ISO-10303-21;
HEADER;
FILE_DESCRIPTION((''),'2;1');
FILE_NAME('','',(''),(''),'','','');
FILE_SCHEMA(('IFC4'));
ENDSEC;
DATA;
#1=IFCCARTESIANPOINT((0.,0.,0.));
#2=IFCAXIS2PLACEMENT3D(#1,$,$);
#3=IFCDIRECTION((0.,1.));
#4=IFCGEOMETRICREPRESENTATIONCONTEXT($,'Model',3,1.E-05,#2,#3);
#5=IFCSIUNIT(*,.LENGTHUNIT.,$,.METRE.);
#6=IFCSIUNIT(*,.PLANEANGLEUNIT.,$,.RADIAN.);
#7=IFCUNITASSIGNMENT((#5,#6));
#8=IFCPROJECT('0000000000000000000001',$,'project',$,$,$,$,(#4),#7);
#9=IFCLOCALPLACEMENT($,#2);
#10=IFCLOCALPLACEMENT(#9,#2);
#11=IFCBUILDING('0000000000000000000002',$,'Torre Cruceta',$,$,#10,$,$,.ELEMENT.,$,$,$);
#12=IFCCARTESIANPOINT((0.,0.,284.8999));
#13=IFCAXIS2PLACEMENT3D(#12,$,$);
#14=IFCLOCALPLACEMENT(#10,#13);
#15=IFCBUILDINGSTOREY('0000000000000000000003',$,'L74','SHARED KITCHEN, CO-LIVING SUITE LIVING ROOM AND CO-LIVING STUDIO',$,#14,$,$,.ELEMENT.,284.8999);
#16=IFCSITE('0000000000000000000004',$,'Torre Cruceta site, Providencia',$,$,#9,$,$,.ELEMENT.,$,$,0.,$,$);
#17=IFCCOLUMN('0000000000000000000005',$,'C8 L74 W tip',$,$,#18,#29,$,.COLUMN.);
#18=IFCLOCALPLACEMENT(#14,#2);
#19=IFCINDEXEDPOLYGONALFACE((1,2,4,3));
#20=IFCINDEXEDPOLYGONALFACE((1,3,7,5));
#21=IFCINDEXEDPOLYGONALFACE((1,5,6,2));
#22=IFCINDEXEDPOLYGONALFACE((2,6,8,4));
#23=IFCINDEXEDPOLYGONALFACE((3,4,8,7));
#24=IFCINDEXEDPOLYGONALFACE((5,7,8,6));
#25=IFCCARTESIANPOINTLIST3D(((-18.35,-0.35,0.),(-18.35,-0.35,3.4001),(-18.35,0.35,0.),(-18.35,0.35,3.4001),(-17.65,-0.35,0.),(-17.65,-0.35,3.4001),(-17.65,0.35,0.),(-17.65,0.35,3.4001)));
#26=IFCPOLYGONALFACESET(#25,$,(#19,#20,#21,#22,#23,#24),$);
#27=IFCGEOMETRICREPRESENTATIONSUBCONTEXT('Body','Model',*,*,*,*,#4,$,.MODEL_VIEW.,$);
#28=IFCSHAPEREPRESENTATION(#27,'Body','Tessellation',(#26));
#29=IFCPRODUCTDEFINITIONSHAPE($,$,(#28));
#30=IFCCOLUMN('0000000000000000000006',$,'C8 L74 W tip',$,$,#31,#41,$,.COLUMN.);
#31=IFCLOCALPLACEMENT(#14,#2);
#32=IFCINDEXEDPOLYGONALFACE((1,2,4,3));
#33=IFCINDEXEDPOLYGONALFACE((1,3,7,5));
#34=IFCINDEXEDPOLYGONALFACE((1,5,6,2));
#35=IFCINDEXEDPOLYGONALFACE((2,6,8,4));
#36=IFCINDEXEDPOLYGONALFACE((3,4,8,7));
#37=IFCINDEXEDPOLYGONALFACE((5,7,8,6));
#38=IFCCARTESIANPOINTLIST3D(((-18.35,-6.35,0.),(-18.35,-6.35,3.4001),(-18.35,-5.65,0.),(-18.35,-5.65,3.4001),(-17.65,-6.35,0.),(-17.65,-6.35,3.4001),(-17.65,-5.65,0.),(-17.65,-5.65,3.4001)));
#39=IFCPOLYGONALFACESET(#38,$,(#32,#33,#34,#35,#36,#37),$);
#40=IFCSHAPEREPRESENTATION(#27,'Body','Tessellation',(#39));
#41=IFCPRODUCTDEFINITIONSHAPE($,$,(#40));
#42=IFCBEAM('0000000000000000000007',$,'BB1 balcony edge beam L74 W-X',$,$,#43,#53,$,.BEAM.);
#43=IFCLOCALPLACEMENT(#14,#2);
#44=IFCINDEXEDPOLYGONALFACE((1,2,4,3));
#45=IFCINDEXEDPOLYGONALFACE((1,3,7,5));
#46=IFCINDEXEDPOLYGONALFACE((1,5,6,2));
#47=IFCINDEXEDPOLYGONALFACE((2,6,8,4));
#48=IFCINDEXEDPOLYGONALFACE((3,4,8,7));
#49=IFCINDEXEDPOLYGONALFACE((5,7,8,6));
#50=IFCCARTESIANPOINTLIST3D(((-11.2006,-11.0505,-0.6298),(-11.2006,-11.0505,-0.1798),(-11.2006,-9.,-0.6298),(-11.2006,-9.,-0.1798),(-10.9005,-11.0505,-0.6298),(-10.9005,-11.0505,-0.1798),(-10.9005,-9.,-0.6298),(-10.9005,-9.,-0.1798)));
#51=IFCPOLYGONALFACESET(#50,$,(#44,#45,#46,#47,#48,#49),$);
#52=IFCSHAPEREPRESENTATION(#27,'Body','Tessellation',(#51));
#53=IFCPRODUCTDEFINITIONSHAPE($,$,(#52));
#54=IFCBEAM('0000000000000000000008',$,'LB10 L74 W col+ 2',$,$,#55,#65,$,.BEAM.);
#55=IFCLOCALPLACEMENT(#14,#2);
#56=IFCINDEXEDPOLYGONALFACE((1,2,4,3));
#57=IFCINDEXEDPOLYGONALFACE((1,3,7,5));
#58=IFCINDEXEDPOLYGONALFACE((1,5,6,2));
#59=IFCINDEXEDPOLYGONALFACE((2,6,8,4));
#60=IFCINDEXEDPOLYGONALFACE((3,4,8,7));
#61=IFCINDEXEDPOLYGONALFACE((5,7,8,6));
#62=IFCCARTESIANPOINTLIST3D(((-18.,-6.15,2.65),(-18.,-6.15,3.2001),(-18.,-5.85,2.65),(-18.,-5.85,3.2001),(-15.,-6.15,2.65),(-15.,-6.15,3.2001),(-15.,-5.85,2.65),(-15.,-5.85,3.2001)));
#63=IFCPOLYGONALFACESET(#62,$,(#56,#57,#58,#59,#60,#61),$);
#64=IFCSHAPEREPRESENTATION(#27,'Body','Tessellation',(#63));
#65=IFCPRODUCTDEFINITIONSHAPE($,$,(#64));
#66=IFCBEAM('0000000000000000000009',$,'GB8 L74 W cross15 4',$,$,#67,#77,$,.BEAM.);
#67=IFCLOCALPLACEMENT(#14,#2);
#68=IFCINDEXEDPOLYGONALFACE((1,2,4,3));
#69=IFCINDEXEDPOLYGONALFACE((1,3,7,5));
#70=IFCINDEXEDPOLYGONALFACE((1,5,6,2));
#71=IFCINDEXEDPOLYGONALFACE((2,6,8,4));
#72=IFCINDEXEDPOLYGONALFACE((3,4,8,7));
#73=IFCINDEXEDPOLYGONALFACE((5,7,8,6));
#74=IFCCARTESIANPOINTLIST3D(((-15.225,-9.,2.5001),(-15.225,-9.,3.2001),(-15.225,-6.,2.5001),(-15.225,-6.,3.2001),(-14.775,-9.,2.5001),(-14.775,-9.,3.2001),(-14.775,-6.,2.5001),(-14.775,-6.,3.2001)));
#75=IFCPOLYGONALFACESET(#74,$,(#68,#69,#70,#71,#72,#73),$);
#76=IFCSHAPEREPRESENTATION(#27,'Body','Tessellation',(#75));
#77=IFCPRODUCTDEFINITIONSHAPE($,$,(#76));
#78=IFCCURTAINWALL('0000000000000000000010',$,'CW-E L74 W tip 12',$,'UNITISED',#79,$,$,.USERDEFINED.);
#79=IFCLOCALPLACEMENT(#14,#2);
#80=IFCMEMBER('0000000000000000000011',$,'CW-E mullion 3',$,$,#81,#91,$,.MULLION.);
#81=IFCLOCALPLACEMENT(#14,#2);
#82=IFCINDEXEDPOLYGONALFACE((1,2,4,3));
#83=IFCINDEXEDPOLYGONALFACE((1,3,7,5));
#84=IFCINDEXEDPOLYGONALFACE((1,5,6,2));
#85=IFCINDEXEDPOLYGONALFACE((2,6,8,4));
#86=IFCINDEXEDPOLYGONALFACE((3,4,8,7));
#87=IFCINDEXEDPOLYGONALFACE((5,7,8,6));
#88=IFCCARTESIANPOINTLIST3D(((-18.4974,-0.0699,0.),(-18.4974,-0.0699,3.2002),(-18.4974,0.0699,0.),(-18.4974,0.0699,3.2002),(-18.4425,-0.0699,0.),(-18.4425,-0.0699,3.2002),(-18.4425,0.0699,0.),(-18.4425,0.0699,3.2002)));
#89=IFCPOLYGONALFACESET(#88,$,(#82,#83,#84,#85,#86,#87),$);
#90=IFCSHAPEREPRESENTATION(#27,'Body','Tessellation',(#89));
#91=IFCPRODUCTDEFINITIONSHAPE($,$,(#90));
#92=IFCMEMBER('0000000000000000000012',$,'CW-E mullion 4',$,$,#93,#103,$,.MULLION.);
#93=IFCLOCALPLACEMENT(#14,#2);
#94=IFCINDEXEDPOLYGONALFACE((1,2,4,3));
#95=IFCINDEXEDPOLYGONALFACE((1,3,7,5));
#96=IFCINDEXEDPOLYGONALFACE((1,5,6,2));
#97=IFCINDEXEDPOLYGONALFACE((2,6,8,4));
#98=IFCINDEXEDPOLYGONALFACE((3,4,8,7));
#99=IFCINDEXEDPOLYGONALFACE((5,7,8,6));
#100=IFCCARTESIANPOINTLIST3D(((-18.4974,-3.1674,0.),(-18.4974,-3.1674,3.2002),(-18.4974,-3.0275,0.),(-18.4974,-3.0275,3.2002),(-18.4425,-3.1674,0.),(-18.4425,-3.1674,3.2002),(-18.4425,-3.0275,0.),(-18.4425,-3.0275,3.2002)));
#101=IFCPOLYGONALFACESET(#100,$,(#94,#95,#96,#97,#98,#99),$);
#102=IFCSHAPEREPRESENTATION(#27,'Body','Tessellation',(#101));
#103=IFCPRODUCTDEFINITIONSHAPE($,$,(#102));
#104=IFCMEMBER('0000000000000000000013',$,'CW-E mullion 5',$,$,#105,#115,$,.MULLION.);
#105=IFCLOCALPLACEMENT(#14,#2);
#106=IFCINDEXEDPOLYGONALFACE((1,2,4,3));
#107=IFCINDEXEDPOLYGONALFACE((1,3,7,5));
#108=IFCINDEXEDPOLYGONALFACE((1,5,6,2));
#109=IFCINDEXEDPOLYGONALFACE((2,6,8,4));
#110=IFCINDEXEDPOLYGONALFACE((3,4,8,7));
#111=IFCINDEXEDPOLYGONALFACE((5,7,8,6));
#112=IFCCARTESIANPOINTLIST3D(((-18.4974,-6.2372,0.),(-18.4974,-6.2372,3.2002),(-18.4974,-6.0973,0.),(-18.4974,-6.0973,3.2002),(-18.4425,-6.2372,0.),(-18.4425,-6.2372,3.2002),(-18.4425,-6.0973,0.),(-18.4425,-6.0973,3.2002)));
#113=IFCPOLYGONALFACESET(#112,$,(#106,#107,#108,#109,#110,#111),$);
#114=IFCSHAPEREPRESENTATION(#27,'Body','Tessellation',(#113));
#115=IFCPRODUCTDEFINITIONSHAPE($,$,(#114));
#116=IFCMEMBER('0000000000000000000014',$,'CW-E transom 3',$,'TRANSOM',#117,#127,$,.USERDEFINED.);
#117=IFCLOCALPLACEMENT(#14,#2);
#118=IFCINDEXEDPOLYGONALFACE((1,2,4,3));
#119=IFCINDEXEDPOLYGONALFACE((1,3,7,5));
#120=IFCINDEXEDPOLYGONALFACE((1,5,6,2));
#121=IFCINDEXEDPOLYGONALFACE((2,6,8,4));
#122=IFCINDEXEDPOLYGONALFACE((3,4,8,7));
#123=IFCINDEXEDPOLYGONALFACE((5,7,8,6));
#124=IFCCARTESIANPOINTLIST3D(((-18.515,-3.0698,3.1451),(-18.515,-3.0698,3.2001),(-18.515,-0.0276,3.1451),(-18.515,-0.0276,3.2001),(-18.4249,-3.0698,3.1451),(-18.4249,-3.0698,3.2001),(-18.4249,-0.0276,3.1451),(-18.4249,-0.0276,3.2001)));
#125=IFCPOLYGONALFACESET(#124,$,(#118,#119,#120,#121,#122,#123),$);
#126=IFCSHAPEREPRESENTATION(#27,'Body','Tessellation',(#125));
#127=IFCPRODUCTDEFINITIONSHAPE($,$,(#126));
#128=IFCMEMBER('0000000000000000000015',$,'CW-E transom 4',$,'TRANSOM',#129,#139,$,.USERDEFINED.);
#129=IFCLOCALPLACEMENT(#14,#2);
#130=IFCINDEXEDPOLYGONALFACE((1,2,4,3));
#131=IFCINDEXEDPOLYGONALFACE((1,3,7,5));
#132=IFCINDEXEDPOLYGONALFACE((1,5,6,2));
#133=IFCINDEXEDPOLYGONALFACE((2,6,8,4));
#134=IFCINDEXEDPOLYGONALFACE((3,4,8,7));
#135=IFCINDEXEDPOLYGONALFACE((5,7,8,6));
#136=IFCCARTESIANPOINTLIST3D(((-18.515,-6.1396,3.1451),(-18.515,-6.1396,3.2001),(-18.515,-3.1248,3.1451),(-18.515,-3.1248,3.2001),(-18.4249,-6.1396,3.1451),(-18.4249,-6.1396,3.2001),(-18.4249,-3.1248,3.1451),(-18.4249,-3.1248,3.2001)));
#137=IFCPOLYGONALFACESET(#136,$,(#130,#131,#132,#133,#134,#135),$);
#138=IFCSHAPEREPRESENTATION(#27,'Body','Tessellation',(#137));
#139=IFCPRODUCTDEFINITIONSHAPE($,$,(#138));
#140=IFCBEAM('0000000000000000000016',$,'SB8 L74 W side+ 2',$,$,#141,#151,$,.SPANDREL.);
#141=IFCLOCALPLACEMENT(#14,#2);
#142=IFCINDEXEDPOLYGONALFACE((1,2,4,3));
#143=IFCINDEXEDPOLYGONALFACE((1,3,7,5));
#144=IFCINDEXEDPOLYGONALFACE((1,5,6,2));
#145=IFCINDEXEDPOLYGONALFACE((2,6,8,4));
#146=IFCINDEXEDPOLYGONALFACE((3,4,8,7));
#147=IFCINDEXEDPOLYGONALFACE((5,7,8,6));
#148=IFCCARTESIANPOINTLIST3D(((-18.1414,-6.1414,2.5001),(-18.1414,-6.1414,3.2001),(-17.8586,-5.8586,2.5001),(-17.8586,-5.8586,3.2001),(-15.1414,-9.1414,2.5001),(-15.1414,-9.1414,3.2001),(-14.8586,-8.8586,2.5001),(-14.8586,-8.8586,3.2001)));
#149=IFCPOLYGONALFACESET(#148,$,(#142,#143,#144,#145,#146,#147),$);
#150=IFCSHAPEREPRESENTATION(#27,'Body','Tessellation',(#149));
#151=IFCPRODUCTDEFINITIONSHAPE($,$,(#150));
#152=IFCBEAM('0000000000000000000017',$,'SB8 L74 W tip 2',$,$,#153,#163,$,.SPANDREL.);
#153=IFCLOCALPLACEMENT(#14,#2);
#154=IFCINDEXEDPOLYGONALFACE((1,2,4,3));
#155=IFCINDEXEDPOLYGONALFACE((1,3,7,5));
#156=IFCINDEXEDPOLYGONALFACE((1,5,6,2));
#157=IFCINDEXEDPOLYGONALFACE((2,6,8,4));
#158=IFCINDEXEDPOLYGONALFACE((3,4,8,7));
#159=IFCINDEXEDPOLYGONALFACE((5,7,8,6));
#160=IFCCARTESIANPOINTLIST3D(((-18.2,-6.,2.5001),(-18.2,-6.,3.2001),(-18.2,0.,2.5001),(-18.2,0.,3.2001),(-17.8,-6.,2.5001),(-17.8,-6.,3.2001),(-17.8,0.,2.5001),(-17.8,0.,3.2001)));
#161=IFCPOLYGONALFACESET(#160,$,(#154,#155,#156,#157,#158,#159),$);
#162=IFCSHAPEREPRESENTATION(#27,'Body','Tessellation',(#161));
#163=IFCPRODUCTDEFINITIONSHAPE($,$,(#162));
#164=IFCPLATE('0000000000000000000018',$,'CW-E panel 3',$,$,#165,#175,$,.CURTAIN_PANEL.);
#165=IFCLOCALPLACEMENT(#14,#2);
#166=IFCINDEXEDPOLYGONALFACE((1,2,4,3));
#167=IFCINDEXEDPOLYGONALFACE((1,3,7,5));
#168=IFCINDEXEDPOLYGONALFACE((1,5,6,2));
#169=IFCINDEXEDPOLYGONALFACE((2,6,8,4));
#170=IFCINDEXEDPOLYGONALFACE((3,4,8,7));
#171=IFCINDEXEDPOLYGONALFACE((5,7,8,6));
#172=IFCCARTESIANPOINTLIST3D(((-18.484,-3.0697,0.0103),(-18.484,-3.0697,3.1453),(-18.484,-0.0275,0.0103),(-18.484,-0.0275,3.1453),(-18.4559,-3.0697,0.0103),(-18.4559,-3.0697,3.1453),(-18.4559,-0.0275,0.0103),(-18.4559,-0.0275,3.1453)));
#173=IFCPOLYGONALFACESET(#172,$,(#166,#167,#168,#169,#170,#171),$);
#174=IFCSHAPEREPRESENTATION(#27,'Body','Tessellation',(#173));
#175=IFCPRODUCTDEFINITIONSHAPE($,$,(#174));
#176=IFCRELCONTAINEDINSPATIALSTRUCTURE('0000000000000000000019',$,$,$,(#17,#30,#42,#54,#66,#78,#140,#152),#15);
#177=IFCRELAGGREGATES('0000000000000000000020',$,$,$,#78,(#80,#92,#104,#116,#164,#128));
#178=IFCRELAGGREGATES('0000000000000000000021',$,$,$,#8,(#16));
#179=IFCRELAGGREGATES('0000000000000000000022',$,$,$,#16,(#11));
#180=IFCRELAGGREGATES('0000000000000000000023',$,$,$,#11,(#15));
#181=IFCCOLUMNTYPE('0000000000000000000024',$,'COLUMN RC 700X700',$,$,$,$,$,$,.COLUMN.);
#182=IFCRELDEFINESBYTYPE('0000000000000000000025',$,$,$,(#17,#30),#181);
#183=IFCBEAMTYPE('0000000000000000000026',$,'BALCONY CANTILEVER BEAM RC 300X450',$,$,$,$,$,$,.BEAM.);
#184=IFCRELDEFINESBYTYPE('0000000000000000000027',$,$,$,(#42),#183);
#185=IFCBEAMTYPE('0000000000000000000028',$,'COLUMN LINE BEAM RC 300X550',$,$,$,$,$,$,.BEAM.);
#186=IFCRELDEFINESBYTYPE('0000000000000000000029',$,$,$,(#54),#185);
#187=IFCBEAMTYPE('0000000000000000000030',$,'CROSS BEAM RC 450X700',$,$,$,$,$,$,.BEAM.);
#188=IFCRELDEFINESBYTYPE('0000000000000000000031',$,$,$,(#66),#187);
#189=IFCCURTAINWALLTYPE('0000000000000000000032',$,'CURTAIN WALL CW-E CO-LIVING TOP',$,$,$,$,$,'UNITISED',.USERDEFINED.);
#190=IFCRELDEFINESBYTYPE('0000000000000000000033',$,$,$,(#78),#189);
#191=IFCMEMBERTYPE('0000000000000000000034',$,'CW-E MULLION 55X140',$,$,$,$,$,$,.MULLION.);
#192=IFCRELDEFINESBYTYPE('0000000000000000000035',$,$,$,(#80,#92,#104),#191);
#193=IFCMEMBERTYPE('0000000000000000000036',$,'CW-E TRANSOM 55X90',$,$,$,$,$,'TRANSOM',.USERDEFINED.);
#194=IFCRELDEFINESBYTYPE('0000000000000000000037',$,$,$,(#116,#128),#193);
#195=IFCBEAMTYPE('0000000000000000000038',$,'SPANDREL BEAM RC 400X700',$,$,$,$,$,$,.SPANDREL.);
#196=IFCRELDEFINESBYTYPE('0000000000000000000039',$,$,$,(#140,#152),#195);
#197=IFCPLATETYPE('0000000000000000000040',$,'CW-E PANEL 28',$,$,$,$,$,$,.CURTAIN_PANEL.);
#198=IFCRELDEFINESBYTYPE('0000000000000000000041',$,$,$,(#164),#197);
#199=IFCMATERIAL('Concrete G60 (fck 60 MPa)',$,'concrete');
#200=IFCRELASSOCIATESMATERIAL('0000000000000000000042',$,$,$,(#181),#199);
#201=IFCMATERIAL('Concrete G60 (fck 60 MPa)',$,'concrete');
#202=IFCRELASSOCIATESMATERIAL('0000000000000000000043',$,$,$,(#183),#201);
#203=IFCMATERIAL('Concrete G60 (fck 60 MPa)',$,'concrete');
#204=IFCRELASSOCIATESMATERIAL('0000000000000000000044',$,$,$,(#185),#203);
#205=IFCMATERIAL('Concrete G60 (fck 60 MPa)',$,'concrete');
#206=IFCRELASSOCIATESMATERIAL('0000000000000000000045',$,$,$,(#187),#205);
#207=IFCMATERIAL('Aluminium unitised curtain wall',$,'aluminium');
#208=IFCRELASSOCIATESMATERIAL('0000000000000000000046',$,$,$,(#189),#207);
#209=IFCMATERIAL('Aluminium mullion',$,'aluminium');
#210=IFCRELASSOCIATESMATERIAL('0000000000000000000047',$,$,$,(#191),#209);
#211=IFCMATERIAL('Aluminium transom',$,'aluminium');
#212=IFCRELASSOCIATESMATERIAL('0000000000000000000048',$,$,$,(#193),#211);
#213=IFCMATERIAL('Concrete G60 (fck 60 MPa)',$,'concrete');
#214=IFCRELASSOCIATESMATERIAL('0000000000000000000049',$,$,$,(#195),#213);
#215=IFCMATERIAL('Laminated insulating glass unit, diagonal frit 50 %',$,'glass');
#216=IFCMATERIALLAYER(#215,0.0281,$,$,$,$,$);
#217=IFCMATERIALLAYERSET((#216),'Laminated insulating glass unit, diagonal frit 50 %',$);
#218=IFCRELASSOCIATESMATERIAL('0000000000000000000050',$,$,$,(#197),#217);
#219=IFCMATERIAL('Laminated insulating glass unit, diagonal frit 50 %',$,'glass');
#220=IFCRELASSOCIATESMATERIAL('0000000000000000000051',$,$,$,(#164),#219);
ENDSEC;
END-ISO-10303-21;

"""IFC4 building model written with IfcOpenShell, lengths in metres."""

from ifc_helpers import new_model, si_unit, direction, frame, origin, origin_2d, place, context, subcontext, project, spatial, rectangle, extrude, material, layer, layer_set, material_profile, profile_set, type_object, element, aggregate, save


model = new_model("IFC4")

# Units and contexts
model_context = context("Model", 3, precision=1e-05, world=origin(), true_north=direction((0.0, 1.0)))
body_context = subcontext(model_context, "Body", "Model", "MODEL_VIEW")
ifc_project = project(units=[si_unit("LENGTHUNIT", "METRE"), si_unit("PLANEANGLEUNIT", "RADIAN")], contexts=[model_context])

# Site, building, storey
site_placement = place(None, origin())
site = spatial("IfcSite", under=ifc_project, at=site_placement, Name="Torre Cruceta site, Providencia", CompositionType="ELEMENT", RefElevation=0.0)
building_placement = place(site_placement, origin())
building = spatial("IfcBuilding", under=site, at=building_placement, Name="Torre Cruceta", CompositionType="ELEMENT")
storey_placement = place(building_placement, frame((0.0, 0.0, 284.8999)))
storey = spatial("IfcBuildingStorey", under=building, at=storey_placement, Name="L74", Description="SHARED KITCHEN, CO-LIVING SUITE LIVING ROOM AND CO-LIVING STUDIO", CompositionType="ELEMENT", Elevation=284.8999)

# Columns
ifc_material_1 = material(Name="Concrete G60 (fck 60 MPa)", Category="concrete")
ifc_material_profile_1 = material_profile(ifc_material_1, rectangle(XDim=0.7, YDim=0.7, at=origin_2d()), Name="RC 700X700")
ifc_profile_set_1 = profile_set([ifc_material_profile_1], Name="Concrete G60 (fck 60 MPa)")
column_type = type_object("IfcColumnType", Name="COLUMN RC 700X700", PredefinedType="COLUMN", material=ifc_profile_set_1)
for number, where, z_axis, x_axis, name in (
    (1, (-18.0, 0.0, 0.0), (0.0, 0.0, 1.0), (1.0, 0.0, 0.0), "C8 L74 W tip"),
    (2, (-18.0, -6.0, 0.0), (0.0, 0.0, 1.0), (1.0, 0.0, 0.0), "C8 L74 W tip"),
):
    element("IfcColumn", number, at=place(storey_placement, frame(where, z_axis=z_axis, x_axis=x_axis)), inside=storey, type_object=column_type, Name=name, PredefinedType="COLUMN", context=body_context, shape_type="SweptSolid", body=[
        extrude(rectangle(XDim=0.7, YDim=0.7, at=origin_2d()), origin(), (0.0, 0.0, 1.0), 3.4001),
    ])

# Beams
ifc_material_2 = material(Name="Concrete G60 (fck 60 MPa)", Category="concrete")
ifc_material_profile_2 = material_profile(ifc_material_2, rectangle(XDim=0.3, YDim=0.45, at=origin_2d()), Name="RC 300X450")
ifc_profile_set_2 = profile_set([ifc_material_profile_2], Name="Concrete G60 (fck 60 MPa)")
beam_type_1 = type_object("IfcBeamType", Name="BALCONY CANTILEVER BEAM RC 300X450", PredefinedType="BEAM", material=ifc_profile_set_2)
beam_1_placement = place(storey_placement, frame((-11.0505, -9.0, -0.4048), z_axis=(0.0, -1.0, 0.0), x_axis=(1.0, 0.0, 0.0)))
element("IfcBeam", 3, at=beam_1_placement, inside=storey, type_object=beam_type_1, Name="BB1 balcony edge beam L74 W-X", PredefinedType="BEAM", context=body_context, shape_type="SweptSolid", body=[
    extrude(rectangle(XDim=0.3, YDim=0.45, at=origin_2d()), origin(), (0.0, 0.0, 1.0), 2.0505),
])
ifc_material_3 = material(Name="Concrete G60 (fck 60 MPa)", Category="concrete")
ifc_material_profile_3 = material_profile(ifc_material_3, rectangle(XDim=0.3, YDim=0.55, at=origin_2d()), Name="RC 300X550")
ifc_profile_set_3 = profile_set([ifc_material_profile_3], Name="Concrete G60 (fck 60 MPa)")
beam_type_2 = type_object("IfcBeamType", Name="COLUMN LINE BEAM RC 300X550", PredefinedType="BEAM", material=ifc_profile_set_3)
beam_2_placement = place(storey_placement, frame((-15.0, -6.0, 2.925), z_axis=(-1.0, 0.0, 0.0), x_axis=(0.0, -1.0, 0.0)))
element("IfcBeam", 4, at=beam_2_placement, inside=storey, type_object=beam_type_2, Name="LB10 L74 W col+ 2", PredefinedType="BEAM", context=body_context, shape_type="SweptSolid", body=[
    extrude(rectangle(XDim=0.3, YDim=0.55, at=origin_2d()), origin(), (0.0, 0.0, 1.0), 3.0),
])
ifc_material_4 = material(Name="Concrete G60 (fck 60 MPa)", Category="concrete")
ifc_material_profile_4 = material_profile(ifc_material_4, rectangle(XDim=0.45, YDim=0.7, at=origin_2d()), Name="RC 450X700")
ifc_profile_set_4 = profile_set([ifc_material_profile_4], Name="Concrete G60 (fck 60 MPa)")
beam_type_3 = type_object("IfcBeamType", Name="CROSS BEAM RC 450X700", PredefinedType="BEAM", material=ifc_profile_set_4)
beam_3_placement = place(storey_placement, frame((-15.0, -6.0, 2.8501), z_axis=(0.0, -1.0, 0.0), x_axis=(1.0, 0.0, 0.0)))
element("IfcBeam", 5, at=beam_3_placement, inside=storey, type_object=beam_type_3, Name="GB8 L74 W cross15 4", PredefinedType="BEAM", context=body_context, shape_type="SweptSolid", body=[
    extrude(rectangle(XDim=0.45, YDim=0.7, at=origin_2d()), origin(), (0.0, 0.0, 1.0), 3.0),
])

# Curtain wall, members
ifc_material_5 = material(Name="Aluminium unitised curtain wall", Category="aluminium")
curtain_wall_type = type_object("IfcCurtainWallType", Name="CURTAIN WALL CW-E CO-LIVING TOP", ElementType="UNITISED", PredefinedType="USERDEFINED", material=ifc_material_5)
curtain_wall_placement = place(storey_placement, origin())
curtain_wall = element("IfcCurtainWall", 6, at=curtain_wall_placement, inside=storey, type_object=curtain_wall_type, Name="CW-E L74 W tip 12", ObjectType="UNITISED", PredefinedType="USERDEFINED")
ifc_material_6 = material(Name="Aluminium mullion", Category="aluminium")
ifc_material_profile_5 = material_profile(ifc_material_6, rectangle(XDim=0.0549, YDim=0.1399, at=origin_2d()), Name="AL 55X140")
ifc_profile_set_5 = profile_set([ifc_material_profile_5], Name="Aluminium mullion")
member_type_1 = type_object("IfcMemberType", Name="CW-E MULLION 55X140", PredefinedType="MULLION", material=ifc_profile_set_5)
member_1_placement = place(storey_placement, frame((-18.47, 0.0, 0.0), z_axis=(0.0, 0.0, 1.0), x_axis=(1.0, 0.0, 0.0)))
member_1 = element("IfcMember", 7, at=member_1_placement, type_object=member_type_1, Name="CW-E mullion 3", PredefinedType="MULLION", context=body_context, shape_type="SweptSolid", body=[
    extrude(rectangle(XDim=0.0549, YDim=0.1399, at=origin_2d()), origin(), (0.0, 0.0, 1.0), 3.2002),
])
member_2_placement = place(storey_placement, frame((-18.47, -3.0974, 0.0), z_axis=(0.0, 0.0, 1.0), x_axis=(1.0, 0.0, 0.0)))
member_2 = element("IfcMember", 8, at=member_2_placement, type_object=member_type_1, Name="CW-E mullion 4", PredefinedType="MULLION", context=body_context, shape_type="SweptSolid", body=[
    extrude(rectangle(XDim=0.0549, YDim=0.1399, at=origin_2d()), origin(), (0.0, 0.0, 1.0), 3.2002),
])
member_3_placement = place(storey_placement, frame((-18.47, -6.1672, 0.0), z_axis=(0.0, 0.0, 1.0), x_axis=(1.0, 0.0, 0.0)))
member_3 = element("IfcMember", 9, at=member_3_placement, type_object=member_type_1, Name="CW-E mullion 5", PredefinedType="MULLION", context=body_context, shape_type="SweptSolid", body=[
    extrude(rectangle(XDim=0.0549, YDim=0.1399, at=origin_2d()), origin(), (0.0, 0.0, 1.0), 3.2002),
])
ifc_material_7 = material(Name="Aluminium transom", Category="aluminium")
ifc_material_profile_6 = material_profile(ifc_material_7, rectangle(XDim=0.0901, YDim=0.0549, at=origin_2d()), Name="AL 90X55")
ifc_profile_set_6 = profile_set([ifc_material_profile_6], Name="Aluminium transom")
member_type_2 = type_object("IfcMemberType", Name="CW-E TRANSOM 55X90", ElementType="TRANSOM", PredefinedType="USERDEFINED", material=ifc_profile_set_6)
member_4_placement = place(storey_placement, frame((-18.47, -0.0276, 3.1726), z_axis=(0.0, -1.0, 0.0), x_axis=(1.0, 0.0, 0.0)))
member_4 = element("IfcMember", 10, at=member_4_placement, type_object=member_type_2, Name="CW-E transom 3", ObjectType="TRANSOM", PredefinedType="USERDEFINED", context=body_context, shape_type="SweptSolid", body=[
    extrude(rectangle(XDim=0.0901, YDim=0.0549, at=origin_2d()), origin(), (0.0, 0.0, 1.0), 3.0422),
])
member_5_placement = place(storey_placement, frame((-18.47, -3.1248, 3.1726), z_axis=(0.0, -1.0, 0.0), x_axis=(1.0, 0.0, 0.0)))
member_5 = element("IfcMember", 11, at=member_5_placement, type_object=member_type_2, Name="CW-E transom 4", ObjectType="TRANSOM", PredefinedType="USERDEFINED", context=body_context, shape_type="SweptSolid", body=[
    extrude(rectangle(XDim=0.0901, YDim=0.0549, at=origin_2d()), origin(), (0.0, 0.0, 1.0), 3.0149),
])

# Beams
ifc_material_8 = material(Name="Concrete G60 (fck 60 MPa)", Category="concrete")
ifc_material_profile_7 = material_profile(ifc_material_8, rectangle(XDim=0.3999, YDim=0.7, at=origin_2d()), Name="RC 400X700")
ifc_profile_set_7 = profile_set([ifc_material_profile_7], Name="Concrete G60 (fck 60 MPa)")
beam_type_4 = type_object("IfcBeamType", Name="SPANDREL BEAM RC 400X700", PredefinedType="SPANDREL", material=ifc_profile_set_7)
beam_4_placement = place(storey_placement, frame((-15.0, -9.0, 2.8501), z_axis=(-0.707107, 0.707107, 0.0), x_axis=(-0.707107, -0.707107, 0.0)))
element("IfcBeam", 12, at=beam_4_placement, inside=storey, type_object=beam_type_4, Name="SB8 L74 W side+ 2", PredefinedType="SPANDREL", context=body_context, shape_type="SweptSolid", body=[
    extrude(rectangle(XDim=0.3999, YDim=0.7, at=origin_2d()), origin(), (0.0, 0.0, 1.0), 4.2427),
])
beam_5_placement = place(storey_placement, frame((-18.0, 0.0, 2.8501), z_axis=(0.0, -1.0, 0.0), x_axis=(1.0, 0.0, 0.0)))
element("IfcBeam", 13, at=beam_5_placement, inside=storey, type_object=beam_type_4, Name="SB8 L74 W tip 2", PredefinedType="SPANDREL", context=body_context, shape_type="SweptSolid", body=[
    extrude(rectangle(XDim=0.3999, YDim=0.7, at=origin_2d()), origin(), (0.0, 0.0, 1.0), 6.0),
])

# Plate
ifc_material_9 = material(Name="Laminated insulating glass unit, diagonal frit 50 %", Category="glass")
ifc_material_10 = material(Name="Laminated insulating glass unit, diagonal frit 50 %", Category="glass")
ifc_layer_1 = layer(ifc_material_10, 0.0281)
ifc_layer_set_1 = layer_set([ifc_layer_1], Name="Laminated insulating glass unit, diagonal frit 50 %")
plate_type = type_object("IfcPlateType", Name="CW-E PANEL 28", PredefinedType="CURTAIN_PANEL", material=ifc_layer_set_1)
plate_1_placement = place(storey_placement, frame((-18.47, -1.5486, 0.0103), z_axis=(0.0, 0.0, 1.0), x_axis=(0.0, -1.0, 0.0)))
plate_1 = element("IfcPlate", 14, at=plate_1_placement, type_object=plate_type, material=ifc_material_9, Name="CW-E panel 3", PredefinedType="CURTAIN_PANEL", context=body_context, shape_type="SweptSolid", body=[
    extrude(rectangle(XDim=3.0422, YDim=0.0281, at=origin_2d()), origin(), (0.0, 0.0, 1.0), 3.135),
])
aggregate(curtain_wall, [member_1, member_2, member_3, member_4, plate_1, member_5])

save(model, "model.ifc")
